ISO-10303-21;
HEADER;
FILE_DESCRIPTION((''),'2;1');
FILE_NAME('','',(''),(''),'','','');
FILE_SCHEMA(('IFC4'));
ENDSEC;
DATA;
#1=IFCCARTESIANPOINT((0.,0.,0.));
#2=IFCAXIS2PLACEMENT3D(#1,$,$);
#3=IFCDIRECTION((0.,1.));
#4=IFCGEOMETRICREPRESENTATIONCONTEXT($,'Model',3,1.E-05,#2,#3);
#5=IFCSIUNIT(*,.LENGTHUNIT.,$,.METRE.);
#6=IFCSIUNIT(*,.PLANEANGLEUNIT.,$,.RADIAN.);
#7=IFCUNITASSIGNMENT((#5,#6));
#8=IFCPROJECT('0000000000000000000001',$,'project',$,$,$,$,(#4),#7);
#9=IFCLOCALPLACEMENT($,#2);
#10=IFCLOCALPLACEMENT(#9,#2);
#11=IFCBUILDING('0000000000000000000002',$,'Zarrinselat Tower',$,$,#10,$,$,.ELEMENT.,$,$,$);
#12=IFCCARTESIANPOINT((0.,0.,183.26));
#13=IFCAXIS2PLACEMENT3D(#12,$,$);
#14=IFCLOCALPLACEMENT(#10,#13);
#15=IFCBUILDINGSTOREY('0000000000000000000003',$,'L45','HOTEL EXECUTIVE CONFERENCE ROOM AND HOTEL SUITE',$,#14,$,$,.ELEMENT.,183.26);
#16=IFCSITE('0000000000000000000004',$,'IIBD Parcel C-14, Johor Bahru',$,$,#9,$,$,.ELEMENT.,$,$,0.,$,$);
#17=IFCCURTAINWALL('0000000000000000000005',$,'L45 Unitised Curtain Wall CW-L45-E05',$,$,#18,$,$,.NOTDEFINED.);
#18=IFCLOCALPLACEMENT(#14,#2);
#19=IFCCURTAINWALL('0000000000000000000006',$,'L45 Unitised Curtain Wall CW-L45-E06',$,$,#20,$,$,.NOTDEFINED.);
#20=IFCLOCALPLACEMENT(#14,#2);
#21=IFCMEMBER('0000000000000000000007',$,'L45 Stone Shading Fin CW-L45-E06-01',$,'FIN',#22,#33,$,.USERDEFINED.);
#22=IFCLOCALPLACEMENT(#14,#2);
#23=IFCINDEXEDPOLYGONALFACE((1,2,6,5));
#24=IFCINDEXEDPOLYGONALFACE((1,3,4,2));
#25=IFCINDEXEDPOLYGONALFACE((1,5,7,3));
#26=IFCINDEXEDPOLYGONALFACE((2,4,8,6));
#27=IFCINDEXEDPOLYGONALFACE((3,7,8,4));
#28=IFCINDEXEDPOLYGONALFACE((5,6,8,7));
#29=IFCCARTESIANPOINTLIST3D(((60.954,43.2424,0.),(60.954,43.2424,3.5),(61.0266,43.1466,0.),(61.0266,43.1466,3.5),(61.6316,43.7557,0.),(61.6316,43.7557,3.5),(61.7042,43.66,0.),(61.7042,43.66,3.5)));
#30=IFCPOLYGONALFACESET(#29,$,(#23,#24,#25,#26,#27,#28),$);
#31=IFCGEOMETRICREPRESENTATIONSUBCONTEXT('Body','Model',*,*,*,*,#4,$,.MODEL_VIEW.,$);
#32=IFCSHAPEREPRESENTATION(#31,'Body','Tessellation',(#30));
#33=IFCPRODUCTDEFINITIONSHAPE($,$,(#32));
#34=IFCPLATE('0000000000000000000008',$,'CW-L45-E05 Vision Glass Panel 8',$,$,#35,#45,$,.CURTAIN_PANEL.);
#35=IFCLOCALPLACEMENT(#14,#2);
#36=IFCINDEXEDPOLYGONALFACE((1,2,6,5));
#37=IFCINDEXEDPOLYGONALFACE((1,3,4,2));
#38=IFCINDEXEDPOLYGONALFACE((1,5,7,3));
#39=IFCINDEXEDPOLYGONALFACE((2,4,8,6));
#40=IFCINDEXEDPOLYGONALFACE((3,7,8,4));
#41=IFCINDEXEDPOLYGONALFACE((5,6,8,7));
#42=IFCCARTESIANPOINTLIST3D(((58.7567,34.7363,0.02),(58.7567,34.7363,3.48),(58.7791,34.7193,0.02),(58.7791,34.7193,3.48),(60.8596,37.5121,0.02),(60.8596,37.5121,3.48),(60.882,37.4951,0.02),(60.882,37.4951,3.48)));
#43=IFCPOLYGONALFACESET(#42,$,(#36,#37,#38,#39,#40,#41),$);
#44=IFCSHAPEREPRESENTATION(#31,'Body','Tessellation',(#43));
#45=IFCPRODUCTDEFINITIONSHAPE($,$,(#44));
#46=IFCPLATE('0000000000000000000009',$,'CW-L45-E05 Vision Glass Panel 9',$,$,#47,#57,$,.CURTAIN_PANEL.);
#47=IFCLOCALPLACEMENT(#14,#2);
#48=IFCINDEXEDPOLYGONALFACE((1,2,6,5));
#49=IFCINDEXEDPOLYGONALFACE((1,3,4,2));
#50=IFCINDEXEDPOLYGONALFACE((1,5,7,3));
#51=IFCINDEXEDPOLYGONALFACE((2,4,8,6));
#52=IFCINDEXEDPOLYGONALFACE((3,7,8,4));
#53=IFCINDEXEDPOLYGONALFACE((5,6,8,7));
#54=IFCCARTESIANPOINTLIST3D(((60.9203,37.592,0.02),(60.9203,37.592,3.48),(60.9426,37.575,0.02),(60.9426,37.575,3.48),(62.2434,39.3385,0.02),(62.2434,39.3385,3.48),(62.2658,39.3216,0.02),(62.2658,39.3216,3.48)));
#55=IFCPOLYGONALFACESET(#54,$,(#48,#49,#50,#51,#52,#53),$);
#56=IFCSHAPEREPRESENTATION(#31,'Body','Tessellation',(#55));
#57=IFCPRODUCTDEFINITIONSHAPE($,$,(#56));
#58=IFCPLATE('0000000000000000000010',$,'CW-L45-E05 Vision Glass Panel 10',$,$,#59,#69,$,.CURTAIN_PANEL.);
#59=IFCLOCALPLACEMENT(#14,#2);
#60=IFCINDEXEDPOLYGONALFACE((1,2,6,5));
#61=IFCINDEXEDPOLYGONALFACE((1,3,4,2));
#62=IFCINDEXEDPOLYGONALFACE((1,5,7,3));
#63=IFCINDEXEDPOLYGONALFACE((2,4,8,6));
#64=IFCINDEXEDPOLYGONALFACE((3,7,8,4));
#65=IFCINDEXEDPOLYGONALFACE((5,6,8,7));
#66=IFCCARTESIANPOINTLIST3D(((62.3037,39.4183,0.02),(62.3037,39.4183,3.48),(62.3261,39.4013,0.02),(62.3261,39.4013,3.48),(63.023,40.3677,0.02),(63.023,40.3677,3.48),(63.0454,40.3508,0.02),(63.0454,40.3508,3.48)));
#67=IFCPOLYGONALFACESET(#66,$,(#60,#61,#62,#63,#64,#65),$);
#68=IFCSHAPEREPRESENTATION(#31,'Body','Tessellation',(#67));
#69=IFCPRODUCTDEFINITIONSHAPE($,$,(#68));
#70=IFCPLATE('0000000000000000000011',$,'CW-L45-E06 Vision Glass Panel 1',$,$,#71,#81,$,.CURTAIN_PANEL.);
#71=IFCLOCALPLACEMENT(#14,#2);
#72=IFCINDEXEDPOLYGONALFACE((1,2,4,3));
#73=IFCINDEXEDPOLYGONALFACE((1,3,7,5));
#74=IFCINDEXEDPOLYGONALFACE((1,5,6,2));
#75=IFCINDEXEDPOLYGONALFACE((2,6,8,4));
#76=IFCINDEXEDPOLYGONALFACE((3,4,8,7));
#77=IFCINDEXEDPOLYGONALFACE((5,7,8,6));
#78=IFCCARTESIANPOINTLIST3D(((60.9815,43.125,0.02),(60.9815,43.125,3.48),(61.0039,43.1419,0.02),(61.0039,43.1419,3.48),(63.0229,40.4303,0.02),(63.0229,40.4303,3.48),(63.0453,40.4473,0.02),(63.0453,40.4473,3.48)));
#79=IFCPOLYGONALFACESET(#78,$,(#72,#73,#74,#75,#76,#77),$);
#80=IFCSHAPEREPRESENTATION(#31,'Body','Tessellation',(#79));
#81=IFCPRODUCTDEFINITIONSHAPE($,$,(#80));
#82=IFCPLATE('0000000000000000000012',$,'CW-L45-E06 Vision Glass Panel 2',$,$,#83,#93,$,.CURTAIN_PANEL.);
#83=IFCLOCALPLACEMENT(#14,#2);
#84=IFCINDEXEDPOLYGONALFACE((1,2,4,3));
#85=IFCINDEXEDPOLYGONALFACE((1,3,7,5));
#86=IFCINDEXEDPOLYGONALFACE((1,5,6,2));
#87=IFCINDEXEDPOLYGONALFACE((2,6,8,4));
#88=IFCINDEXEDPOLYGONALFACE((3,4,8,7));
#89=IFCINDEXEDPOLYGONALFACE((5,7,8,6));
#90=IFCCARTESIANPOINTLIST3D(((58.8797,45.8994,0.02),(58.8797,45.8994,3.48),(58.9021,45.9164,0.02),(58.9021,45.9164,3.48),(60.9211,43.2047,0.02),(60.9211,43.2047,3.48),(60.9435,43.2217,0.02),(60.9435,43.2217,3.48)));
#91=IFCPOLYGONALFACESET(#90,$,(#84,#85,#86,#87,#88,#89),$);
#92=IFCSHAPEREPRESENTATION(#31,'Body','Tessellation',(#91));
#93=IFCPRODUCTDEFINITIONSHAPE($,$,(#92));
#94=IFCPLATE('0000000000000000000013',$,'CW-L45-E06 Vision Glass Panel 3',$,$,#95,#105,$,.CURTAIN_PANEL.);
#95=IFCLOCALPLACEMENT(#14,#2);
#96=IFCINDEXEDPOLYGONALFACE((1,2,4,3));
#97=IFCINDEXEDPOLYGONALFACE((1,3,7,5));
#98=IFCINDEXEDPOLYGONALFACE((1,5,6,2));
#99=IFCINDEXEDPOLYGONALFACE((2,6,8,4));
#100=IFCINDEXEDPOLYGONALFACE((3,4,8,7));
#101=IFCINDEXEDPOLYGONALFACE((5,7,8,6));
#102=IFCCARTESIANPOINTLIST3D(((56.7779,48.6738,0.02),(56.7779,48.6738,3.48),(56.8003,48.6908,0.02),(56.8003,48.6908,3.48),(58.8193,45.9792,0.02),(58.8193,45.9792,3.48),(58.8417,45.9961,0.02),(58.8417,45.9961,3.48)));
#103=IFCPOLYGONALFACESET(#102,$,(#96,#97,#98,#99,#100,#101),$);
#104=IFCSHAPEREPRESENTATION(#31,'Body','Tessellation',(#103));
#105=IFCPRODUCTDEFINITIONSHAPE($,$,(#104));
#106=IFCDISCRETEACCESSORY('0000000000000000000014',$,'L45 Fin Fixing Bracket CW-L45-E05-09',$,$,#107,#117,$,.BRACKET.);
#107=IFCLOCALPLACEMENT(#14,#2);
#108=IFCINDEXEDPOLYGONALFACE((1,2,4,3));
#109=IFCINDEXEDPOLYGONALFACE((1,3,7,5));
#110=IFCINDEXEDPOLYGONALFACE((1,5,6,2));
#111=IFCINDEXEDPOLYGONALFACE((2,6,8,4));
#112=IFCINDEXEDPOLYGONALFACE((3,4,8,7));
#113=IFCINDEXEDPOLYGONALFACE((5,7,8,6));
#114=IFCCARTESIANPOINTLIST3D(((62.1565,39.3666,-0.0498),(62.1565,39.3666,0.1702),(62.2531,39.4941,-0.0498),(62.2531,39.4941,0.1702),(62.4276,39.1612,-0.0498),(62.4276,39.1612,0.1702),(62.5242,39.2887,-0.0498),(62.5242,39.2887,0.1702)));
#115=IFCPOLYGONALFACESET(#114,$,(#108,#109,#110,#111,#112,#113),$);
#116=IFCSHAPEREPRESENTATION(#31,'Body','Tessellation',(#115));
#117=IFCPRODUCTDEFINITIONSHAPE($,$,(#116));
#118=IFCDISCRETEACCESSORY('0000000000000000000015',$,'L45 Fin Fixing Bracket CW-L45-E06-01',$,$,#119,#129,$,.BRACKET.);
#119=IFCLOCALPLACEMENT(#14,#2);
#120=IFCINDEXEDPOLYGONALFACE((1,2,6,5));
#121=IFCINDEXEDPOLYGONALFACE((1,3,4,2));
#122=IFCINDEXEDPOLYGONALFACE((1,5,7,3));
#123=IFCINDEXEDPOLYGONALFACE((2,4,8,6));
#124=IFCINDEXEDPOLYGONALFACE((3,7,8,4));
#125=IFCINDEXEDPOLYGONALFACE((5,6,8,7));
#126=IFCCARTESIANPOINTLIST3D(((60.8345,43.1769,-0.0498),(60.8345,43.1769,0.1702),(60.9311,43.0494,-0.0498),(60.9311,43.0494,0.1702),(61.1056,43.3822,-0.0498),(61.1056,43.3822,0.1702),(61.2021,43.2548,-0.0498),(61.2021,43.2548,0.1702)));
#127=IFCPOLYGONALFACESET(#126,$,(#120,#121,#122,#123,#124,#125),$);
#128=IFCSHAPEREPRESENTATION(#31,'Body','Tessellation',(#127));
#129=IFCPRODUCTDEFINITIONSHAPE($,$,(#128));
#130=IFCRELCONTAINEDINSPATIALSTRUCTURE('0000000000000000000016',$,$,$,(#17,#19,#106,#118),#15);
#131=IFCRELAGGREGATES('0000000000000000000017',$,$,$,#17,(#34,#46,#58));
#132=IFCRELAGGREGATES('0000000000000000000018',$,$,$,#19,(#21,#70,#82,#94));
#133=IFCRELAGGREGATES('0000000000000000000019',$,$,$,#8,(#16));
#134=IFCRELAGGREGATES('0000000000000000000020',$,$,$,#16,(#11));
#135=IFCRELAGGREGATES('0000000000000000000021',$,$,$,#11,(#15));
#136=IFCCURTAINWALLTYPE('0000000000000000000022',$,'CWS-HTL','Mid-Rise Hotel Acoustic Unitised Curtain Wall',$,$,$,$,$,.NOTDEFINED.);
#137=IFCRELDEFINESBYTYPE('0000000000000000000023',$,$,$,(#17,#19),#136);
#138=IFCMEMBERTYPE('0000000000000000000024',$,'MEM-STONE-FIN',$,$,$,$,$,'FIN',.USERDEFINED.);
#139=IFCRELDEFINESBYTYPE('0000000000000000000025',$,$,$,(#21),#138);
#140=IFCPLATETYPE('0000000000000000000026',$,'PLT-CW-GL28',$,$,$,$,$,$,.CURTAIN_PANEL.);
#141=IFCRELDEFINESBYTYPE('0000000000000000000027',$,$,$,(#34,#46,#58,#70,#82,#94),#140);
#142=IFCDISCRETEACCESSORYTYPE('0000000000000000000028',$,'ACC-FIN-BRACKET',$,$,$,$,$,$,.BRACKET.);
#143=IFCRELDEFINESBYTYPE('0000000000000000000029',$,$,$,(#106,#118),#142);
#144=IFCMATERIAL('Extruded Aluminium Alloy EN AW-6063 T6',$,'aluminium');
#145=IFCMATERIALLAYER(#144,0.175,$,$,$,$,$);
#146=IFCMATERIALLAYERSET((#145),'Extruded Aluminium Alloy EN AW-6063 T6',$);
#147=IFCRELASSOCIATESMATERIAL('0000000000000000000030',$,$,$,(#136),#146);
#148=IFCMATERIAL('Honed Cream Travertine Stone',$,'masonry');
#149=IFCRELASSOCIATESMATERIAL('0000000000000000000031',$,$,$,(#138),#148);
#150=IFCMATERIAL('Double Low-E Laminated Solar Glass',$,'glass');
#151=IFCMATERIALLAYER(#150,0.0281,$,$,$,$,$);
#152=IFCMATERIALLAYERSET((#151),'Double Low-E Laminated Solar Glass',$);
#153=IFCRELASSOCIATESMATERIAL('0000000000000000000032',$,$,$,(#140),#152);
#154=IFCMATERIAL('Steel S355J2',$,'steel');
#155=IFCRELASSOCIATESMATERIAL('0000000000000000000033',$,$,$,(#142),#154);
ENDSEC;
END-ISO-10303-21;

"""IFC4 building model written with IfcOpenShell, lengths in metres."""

from ifc_helpers import new_model, si_unit, direction, frame, origin, origin_2d, place, context, subcontext, project, spatial, rectangle, extrude, material, layer, layer_set, material_profile, profile_set, type_object, element, aggregate, save


model = new_model("IFC4")

# Units and contexts
model_context = context("Model", 3, precision=1e-05, world=origin(), true_north=direction((0.0, 1.0)))
body_context = subcontext(model_context, "Body", "Model", "MODEL_VIEW")
ifc_project = project(units=[si_unit("LENGTHUNIT", "METRE"), si_unit("PLANEANGLEUNIT", "RADIAN")], contexts=[model_context])

# Site, building, storey
site_placement = place(None, origin())
site = spatial("IfcSite", under=ifc_project, at=site_placement, Name="IIBD Parcel C-14, Johor Bahru", CompositionType="ELEMENT", RefElevation=0.0)
building_placement = place(site_placement, origin())
building = spatial("IfcBuilding", under=site, at=building_placement, Name="Zarrinselat Tower", CompositionType="ELEMENT")
storey_placement = place(building_placement, frame((0.0, 0.0, 183.26)))
storey = spatial("IfcBuildingStorey", under=building, at=storey_placement, Name="L45", Description="HOTEL EXECUTIVE CONFERENCE ROOM AND HOTEL SUITE", CompositionType="ELEMENT", Elevation=183.26)

# Shared definitions
ifc_material_1 = material(Name="Extruded Aluminium Alloy EN AW-6063 T6", Category="aluminium")
ifc_layer_1 = layer(ifc_material_1, 0.175)
ifc_layer_set_1 = layer_set([ifc_layer_1], Name="Extruded Aluminium Alloy EN AW-6063 T6")
curtain_wall_type = type_object("IfcCurtainWallType", Name="CWS-HTL", Description="Mid-Rise Hotel Acoustic Unitised Curtain Wall", PredefinedType="NOTDEFINED", material=ifc_layer_set_1)

# Curtain walls
curtain_wall_1_placement = place(storey_placement, origin())
curtain_wall_1 = element("IfcCurtainWall", 1, at=curtain_wall_1_placement, inside=storey, type_object=curtain_wall_type, Name="L45 Unitised Curtain Wall CW-L45-E05", PredefinedType="NOTDEFINED")
curtain_wall_2_placement = place(storey_placement, origin())
curtain_wall_2 = element("IfcCurtainWall", 2, at=curtain_wall_2_placement, inside=storey, type_object=curtain_wall_type, Name="L45 Unitised Curtain Wall CW-L45-E06", PredefinedType="NOTDEFINED")

# Member
ifc_material_2 = material(Name="Honed Cream Travertine Stone", Category="masonry")
ifc_material_profile_1 = material_profile(ifc_material_2, rectangle(XDim=0.1201, YDim=0.8501, at=origin_2d()), Name="FIN 850x120")
ifc_profile_set_1 = profile_set([ifc_material_profile_1], Name="Honed Cream Travertine Stone")
member_type_1 = type_object("IfcMemberType", Name="MEM-STONE-FIN", ElementType="FIN", PredefinedType="USERDEFINED", material=ifc_profile_set_1)
member_1_placement = place(storey_placement, frame((61.3291, 43.4512, 0.0), z_axis=(0.0, 0.0, 1.0), x_axis=(0.60386, -0.79709, 0.0)))
member_1 = element("IfcMember", 3, at=member_1_placement, type_object=member_type_1, Name="L45 Stone Shading Fin CW-L45-E06-01", ObjectType="FIN", PredefinedType="USERDEFINED", context=body_context, shape_type="SweptSolid", body=[
    extrude(rectangle(XDim=0.1201, YDim=0.8501, at=origin_2d()), origin(), (0.0, 0.0, 1.0), 3.5),
])

# Plates
ifc_material_3 = material(Name="Double Low-E Laminated Solar Glass", Category="glass")
ifc_layer_2 = layer(ifc_material_3, 0.0281)
ifc_layer_set_2 = layer_set([ifc_layer_2], Name="Double Low-E Laminated Solar Glass")
plate_type = type_object("IfcPlateType", Name="PLT-CW-GL28", PredefinedType="CURTAIN_PANEL", material=ifc_layer_set_2)
plate_1_placement = place(storey_placement, frame((59.8193, 36.1157, 0.02), z_axis=(0.0, 0.0, 1.0), x_axis=(0.603859, 0.797091, 0.0)))
plate_1 = element("IfcPlate", 4, at=plate_1_placement, type_object=plate_type, Name="CW-L45-E05 Vision Glass Panel 8", PredefinedType="CURTAIN_PANEL", context=body_context, shape_type="SweptSolid", body=[
    extrude(rectangle(XDim=3.4824, YDim=0.0281, at=origin_2d()), origin(), (0.0, 0.0, 1.0), 3.46),
])
plate_2_placement = place(storey_placement, frame((61.593, 38.4568, 0.02), z_axis=(0.0, 0.0, 1.0), x_axis=(0.603859, 0.797091, 0.0)))
plate_2 = element("IfcPlate", 5, at=plate_2_placement, type_object=plate_type, Name="CW-L45-E05 Vision Glass Panel 9", PredefinedType="CURTAIN_PANEL", context=body_context, shape_type="SweptSolid", body=[
    extrude(rectangle(XDim=2.1912, YDim=0.0281, at=origin_2d()), origin(), (0.0, 0.0, 1.0), 3.46),
])
plate_3_placement = place(storey_placement, frame((62.6746, 39.8845, 0.02), z_axis=(0.0, 0.0, 1.0), x_axis=(0.603859, 0.797091, 0.0)))
plate_3 = element("IfcPlate", 6, at=plate_3_placement, type_object=plate_type, Name="CW-L45-E05 Vision Glass Panel 10", PredefinedType="CURTAIN_PANEL", context=body_context, shape_type="SweptSolid", body=[
    extrude(rectangle(XDim=1.1912, YDim=0.0281, at=origin_2d()), origin(), (0.0, 0.0, 1.0), 3.46),
])
aggregate(curtain_wall_1, [plate_1, plate_2, plate_3])
plate_4_placement = place(storey_placement, frame((62.0134, 41.7861, 0.02), z_axis=(0.0, 0.0, 1.0), x_axis=(-0.60386, 0.79709, 0.0)))
plate_4 = element("IfcPlate", 7, at=plate_4_placement, type_object=plate_type, Name="CW-L45-E06 Vision Glass Panel 1", PredefinedType="CURTAIN_PANEL", context=body_context, shape_type="SweptSolid", body=[
    extrude(rectangle(XDim=3.3806, YDim=0.0281, at=origin_2d()), origin(), (0.0, 0.0, 1.0), 3.46),
])
plate_5_placement = place(storey_placement, frame((59.9116, 44.5605, 0.02), z_axis=(0.0, 0.0, 1.0), x_axis=(-0.60386, 0.79709, 0.0)))
plate_5 = element("IfcPlate", 8, at=plate_5_placement, type_object=plate_type, Name="CW-L45-E06 Vision Glass Panel 2", PredefinedType="CURTAIN_PANEL", context=body_context, shape_type="SweptSolid", body=[
    extrude(rectangle(XDim=3.3806, YDim=0.0281, at=origin_2d()), origin(), (0.0, 0.0, 1.0), 3.46),
])
plate_6_placement = place(storey_placement, frame((57.8098, 47.335, 0.02), z_axis=(0.0, 0.0, 1.0), x_axis=(-0.60386, 0.79709, 0.0)))
plate_6 = element("IfcPlate", 9, at=plate_6_placement, type_object=plate_type, Name="CW-L45-E06 Vision Glass Panel 3", PredefinedType="CURTAIN_PANEL", context=body_context, shape_type="SweptSolid", body=[
    extrude(rectangle(XDim=3.3806, YDim=0.0281, at=origin_2d()), origin(), (0.0, 0.0, 1.0), 3.46),
])
aggregate(curtain_wall_2, [member_1, plate_4, plate_5, plate_6])

# Discrete accessories
ifc_material_4 = material(Name="Steel S355J2", Category="steel")
discrete_accessory_type = type_object("IfcDiscreteAccessoryType", Name="ACC-FIN-BRACKET", PredefinedType="BRACKET", material=ifc_material_4)
for number, where, z_axis, x_axis, name in (
    (10, (62.3403, 39.3276, -0.0498), (0.0, 0.0, 1.0), (0.797091, -0.603859, 0.0), "L45 Fin Fixing Bracket CW-L45-E05-09"),
    (11, (61.0183, 43.2158, -0.0498), (0.0, 0.0, 1.0), (0.79709, 0.60386, 0.0), "L45 Fin Fixing Bracket CW-L45-E06-01"),
):
    element("IfcDiscreteAccessory", number, at=place(storey_placement, frame(where, z_axis=z_axis, x_axis=x_axis)), inside=storey, type_object=discrete_accessory_type, Name=name, PredefinedType="BRACKET", context=body_context, shape_type="SweptSolid", body=[
        extrude(rectangle(XDim=0.3401, YDim=0.1599, at=origin_2d()), origin(), (0.0, 0.0, 1.0), 0.22),
    ])

save(model, "model.ifc")
